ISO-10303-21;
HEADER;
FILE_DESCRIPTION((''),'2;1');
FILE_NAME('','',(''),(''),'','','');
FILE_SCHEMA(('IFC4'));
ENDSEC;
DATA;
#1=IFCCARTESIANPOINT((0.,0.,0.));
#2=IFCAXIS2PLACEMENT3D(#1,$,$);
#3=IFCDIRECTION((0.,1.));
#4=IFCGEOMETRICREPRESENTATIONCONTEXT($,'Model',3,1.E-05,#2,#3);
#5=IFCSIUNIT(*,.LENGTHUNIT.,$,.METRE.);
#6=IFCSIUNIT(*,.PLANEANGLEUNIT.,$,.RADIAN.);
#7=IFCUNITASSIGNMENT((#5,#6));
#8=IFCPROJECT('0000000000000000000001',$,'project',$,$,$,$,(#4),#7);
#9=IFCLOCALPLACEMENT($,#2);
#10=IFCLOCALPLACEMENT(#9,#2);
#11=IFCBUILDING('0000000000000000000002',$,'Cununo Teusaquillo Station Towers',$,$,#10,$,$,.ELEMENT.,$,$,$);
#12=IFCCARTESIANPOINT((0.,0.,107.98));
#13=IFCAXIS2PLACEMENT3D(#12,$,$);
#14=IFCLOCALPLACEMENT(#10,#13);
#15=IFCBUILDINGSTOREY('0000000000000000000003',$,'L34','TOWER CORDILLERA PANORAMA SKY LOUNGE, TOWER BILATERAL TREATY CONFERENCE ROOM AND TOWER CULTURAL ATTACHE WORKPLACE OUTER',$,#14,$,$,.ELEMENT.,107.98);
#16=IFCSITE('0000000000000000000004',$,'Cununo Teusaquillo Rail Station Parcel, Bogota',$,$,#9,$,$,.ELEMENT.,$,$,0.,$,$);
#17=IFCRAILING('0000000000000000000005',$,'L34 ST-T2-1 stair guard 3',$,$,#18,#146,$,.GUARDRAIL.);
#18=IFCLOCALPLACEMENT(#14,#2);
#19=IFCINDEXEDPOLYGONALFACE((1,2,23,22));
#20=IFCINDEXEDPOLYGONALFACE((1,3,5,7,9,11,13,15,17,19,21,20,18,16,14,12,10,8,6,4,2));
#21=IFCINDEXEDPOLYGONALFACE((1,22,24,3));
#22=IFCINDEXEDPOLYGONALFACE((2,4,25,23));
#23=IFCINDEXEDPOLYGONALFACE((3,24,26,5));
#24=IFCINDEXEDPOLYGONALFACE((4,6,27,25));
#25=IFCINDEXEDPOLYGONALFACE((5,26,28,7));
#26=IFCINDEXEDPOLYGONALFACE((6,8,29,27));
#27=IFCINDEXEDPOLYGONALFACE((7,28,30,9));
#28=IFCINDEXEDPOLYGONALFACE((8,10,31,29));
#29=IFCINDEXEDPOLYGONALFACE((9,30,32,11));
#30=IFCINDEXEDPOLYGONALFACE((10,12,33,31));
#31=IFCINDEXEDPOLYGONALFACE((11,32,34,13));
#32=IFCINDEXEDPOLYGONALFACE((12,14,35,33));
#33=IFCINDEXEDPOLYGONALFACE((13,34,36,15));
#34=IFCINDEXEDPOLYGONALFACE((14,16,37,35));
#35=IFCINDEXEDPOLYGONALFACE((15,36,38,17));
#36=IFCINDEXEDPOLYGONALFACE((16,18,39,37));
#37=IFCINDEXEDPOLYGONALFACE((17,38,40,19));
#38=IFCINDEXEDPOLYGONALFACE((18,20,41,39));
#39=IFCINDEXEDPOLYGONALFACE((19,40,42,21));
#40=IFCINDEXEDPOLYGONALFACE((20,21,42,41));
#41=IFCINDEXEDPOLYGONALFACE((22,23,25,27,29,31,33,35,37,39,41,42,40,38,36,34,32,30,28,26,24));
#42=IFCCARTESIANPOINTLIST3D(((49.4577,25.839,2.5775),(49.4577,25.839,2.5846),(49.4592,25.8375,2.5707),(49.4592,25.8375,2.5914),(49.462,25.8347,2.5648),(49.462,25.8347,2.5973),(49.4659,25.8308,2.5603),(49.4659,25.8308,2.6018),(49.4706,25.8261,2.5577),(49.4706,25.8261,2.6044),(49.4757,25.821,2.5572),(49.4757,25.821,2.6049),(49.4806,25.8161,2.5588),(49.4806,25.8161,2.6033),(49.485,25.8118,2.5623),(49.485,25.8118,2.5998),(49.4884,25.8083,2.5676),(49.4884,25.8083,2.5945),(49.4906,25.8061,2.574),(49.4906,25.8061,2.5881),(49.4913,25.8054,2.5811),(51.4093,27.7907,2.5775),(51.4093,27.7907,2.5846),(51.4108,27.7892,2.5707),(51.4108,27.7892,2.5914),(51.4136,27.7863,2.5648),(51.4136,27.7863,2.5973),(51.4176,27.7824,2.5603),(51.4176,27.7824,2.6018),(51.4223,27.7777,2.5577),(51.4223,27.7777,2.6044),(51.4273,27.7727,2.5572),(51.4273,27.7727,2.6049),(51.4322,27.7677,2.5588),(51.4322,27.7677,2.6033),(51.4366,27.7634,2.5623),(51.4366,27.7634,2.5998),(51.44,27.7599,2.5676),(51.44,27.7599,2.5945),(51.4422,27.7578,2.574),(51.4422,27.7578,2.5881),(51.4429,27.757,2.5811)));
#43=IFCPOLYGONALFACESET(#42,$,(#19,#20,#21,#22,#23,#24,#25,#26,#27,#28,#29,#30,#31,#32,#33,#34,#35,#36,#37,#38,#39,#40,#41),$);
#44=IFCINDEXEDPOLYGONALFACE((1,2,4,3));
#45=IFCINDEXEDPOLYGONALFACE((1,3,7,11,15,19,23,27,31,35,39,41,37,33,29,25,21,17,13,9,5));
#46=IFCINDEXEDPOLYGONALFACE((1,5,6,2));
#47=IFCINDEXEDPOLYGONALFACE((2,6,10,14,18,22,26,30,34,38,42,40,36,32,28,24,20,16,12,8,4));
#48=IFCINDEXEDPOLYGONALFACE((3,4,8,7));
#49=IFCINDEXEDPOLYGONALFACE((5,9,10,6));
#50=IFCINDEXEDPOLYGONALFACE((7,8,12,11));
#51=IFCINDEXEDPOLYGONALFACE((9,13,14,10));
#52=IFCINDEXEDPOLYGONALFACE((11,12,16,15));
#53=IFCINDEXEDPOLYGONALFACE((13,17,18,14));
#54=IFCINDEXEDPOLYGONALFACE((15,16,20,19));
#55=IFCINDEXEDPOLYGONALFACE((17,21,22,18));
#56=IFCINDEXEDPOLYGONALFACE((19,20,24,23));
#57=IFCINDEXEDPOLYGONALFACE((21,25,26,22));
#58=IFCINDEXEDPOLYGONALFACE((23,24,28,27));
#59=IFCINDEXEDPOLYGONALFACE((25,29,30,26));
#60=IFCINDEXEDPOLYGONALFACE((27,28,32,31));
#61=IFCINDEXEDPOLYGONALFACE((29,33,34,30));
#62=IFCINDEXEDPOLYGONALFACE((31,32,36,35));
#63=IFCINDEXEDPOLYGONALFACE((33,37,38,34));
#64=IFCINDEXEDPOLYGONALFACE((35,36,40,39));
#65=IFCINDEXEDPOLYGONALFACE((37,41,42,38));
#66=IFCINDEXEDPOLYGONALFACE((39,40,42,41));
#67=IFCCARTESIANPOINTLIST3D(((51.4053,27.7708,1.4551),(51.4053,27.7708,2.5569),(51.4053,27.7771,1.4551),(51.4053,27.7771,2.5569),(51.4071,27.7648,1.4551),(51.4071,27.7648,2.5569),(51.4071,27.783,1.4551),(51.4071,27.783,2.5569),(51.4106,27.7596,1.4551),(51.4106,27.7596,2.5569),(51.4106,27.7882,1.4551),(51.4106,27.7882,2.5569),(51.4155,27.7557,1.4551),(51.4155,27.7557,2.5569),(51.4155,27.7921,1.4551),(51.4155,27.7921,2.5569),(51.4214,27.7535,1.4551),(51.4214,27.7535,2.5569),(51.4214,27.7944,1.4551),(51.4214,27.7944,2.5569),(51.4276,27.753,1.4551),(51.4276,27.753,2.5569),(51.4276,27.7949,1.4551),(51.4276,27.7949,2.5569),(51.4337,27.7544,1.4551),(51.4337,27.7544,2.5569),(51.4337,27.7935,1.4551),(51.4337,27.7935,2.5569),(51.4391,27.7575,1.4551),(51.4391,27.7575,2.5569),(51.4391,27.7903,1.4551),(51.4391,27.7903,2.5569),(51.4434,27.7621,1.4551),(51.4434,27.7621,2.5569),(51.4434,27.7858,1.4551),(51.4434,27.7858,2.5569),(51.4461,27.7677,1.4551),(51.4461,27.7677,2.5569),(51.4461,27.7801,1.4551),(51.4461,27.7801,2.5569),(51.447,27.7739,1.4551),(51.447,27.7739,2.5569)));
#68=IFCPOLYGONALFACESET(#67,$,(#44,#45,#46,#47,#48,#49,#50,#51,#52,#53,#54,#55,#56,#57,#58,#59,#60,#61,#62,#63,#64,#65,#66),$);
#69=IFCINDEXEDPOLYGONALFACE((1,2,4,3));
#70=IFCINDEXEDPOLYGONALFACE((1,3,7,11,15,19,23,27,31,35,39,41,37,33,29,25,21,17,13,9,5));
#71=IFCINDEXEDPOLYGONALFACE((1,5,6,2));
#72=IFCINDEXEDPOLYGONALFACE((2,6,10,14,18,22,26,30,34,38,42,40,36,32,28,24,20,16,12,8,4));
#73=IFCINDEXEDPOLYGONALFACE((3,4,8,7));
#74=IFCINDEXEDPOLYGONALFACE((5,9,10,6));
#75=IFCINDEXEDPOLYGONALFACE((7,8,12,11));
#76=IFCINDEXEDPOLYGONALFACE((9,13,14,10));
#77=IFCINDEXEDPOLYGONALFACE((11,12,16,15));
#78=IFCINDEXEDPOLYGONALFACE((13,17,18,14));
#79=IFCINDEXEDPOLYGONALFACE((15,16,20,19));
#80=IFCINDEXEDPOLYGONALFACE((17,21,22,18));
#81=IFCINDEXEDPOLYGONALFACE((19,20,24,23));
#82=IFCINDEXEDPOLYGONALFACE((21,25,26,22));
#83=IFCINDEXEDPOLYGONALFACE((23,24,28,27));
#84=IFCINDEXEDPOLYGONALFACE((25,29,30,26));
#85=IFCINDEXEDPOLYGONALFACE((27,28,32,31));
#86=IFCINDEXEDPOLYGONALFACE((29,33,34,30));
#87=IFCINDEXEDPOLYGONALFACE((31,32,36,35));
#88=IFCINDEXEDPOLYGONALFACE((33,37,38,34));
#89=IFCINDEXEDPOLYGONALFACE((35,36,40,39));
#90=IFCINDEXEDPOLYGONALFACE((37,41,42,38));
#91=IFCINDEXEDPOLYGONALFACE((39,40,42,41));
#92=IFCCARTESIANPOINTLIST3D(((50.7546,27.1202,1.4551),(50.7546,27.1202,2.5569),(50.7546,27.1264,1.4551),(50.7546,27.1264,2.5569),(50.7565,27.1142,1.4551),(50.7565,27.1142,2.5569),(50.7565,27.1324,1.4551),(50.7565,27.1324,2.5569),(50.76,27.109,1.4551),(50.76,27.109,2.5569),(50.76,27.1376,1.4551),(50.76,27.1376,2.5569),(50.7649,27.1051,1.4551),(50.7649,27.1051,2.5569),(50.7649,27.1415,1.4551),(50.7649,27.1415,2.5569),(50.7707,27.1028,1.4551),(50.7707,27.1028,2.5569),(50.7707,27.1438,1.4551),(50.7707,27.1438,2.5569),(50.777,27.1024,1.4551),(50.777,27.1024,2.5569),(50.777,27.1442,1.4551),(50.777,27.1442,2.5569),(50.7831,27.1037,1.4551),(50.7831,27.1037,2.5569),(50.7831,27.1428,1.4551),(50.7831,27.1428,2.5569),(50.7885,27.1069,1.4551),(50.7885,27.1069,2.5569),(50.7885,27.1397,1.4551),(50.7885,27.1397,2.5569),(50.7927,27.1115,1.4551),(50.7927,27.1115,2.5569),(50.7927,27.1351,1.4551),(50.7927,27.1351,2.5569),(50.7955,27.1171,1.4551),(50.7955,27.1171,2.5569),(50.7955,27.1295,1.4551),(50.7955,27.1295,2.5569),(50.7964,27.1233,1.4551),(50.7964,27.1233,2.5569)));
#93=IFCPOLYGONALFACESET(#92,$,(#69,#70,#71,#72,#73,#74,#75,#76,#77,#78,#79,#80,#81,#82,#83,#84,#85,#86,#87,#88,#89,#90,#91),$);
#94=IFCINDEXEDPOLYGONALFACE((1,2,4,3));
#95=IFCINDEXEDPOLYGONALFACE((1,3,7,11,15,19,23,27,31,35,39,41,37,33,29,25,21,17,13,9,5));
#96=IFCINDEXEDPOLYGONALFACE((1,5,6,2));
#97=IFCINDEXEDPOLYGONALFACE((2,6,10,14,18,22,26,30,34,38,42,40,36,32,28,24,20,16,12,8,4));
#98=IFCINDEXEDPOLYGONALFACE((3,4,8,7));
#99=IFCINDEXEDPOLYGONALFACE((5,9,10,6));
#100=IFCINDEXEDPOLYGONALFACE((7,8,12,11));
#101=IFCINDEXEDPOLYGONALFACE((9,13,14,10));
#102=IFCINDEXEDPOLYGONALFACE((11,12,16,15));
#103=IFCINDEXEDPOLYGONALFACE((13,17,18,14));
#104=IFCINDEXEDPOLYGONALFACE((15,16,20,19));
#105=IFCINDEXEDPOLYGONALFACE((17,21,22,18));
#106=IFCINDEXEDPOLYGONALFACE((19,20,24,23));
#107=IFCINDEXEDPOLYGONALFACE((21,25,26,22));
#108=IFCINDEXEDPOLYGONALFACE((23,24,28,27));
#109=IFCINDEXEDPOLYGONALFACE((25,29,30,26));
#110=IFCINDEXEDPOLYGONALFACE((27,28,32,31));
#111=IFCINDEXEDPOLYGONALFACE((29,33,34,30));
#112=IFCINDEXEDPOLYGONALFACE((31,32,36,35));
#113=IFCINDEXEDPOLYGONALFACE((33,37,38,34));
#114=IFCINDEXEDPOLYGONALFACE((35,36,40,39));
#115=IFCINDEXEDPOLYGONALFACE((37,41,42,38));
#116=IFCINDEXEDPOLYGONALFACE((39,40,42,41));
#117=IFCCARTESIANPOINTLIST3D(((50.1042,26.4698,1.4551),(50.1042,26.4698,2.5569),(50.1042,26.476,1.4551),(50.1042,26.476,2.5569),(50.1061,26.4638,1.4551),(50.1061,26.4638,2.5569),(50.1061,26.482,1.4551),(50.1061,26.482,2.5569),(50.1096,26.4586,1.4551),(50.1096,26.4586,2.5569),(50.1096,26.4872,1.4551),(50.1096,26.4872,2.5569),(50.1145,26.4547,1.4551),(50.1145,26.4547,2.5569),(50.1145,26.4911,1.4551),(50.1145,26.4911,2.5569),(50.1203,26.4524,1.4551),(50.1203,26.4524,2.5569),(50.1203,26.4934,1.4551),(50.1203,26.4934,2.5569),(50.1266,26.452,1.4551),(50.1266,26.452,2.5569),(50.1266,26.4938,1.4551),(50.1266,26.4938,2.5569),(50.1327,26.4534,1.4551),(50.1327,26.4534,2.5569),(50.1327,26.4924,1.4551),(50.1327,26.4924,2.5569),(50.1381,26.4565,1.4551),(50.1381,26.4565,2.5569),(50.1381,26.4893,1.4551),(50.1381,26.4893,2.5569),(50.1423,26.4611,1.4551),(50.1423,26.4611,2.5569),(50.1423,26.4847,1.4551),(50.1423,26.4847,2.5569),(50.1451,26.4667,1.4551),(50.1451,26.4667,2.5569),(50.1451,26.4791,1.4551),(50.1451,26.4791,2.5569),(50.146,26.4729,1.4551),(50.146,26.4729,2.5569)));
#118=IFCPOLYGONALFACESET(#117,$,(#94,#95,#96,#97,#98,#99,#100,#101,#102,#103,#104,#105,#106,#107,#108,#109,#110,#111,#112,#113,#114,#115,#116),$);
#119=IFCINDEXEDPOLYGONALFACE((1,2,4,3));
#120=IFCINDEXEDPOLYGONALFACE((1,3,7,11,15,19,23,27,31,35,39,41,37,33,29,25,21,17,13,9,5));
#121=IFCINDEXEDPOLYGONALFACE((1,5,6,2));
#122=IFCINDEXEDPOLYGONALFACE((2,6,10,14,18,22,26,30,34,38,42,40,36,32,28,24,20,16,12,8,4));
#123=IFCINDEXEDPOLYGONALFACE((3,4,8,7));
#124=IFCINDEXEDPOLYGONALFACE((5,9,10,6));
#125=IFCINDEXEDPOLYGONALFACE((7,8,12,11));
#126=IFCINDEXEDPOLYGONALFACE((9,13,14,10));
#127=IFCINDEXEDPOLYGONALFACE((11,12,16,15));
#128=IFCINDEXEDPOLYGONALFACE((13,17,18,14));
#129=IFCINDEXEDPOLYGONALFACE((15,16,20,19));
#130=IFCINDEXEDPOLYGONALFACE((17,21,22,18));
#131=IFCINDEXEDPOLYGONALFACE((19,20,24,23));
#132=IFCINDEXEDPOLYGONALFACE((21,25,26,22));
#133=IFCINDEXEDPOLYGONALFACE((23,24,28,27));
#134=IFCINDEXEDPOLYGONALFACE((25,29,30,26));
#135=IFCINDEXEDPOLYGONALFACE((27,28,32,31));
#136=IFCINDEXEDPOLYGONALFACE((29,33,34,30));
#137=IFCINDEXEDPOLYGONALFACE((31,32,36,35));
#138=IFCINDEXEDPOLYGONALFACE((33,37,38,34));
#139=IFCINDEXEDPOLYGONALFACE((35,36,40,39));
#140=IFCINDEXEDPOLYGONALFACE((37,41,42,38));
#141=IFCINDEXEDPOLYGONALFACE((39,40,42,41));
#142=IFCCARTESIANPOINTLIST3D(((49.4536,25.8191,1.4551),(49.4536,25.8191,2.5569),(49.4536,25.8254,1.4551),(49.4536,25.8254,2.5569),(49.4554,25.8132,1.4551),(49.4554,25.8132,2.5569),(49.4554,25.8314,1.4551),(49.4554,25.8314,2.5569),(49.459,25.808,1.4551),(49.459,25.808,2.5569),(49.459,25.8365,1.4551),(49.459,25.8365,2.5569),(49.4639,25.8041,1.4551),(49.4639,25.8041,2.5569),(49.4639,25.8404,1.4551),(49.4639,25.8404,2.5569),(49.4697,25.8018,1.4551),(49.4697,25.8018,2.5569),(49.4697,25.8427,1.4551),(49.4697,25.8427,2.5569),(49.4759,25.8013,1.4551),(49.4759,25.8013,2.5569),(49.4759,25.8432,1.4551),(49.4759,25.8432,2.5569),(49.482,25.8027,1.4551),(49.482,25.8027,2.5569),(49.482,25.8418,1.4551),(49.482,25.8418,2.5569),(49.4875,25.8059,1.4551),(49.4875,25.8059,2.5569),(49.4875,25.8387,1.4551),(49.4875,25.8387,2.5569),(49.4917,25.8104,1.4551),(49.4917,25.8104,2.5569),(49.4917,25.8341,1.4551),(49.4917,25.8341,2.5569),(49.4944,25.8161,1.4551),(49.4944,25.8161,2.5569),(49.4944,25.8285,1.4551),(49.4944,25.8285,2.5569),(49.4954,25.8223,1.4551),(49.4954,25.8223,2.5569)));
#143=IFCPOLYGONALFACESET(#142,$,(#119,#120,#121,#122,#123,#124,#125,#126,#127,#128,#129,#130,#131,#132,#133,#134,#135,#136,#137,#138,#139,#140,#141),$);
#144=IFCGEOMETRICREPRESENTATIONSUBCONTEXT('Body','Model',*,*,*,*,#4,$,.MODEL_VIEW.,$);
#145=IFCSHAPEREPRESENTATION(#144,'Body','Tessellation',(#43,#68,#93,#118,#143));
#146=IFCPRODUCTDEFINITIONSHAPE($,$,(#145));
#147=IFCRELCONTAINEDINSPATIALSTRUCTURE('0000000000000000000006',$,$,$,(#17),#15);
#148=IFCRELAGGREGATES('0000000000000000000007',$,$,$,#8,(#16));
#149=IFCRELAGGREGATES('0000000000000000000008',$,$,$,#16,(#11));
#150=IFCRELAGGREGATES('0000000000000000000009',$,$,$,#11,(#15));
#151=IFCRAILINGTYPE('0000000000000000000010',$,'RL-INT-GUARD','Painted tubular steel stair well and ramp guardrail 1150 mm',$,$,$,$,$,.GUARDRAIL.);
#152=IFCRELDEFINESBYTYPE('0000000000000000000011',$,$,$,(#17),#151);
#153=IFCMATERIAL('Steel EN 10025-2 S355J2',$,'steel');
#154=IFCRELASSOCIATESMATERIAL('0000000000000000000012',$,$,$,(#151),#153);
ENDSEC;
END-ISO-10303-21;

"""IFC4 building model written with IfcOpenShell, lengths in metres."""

from ifc_helpers import new_model, si_unit, direction, frame, origin, origin_2d, place, context, subcontext, project, spatial, circle, extrude, material, type_object, element, save


model = new_model("IFC4")

# Units and contexts
model_context = context("Model", 3, precision=1e-05, world=origin(), true_north=direction((0.0, 1.0)))
body_context = subcontext(model_context, "Body", "Model", "MODEL_VIEW")
ifc_project = project(units=[si_unit("LENGTHUNIT", "METRE"), si_unit("PLANEANGLEUNIT", "RADIAN")], contexts=[model_context])

# Site, building, storey
site_placement = place(None, origin())
site = spatial("IfcSite", under=ifc_project, at=site_placement, Name="Cununo Teusaquillo Rail Station Parcel, Bogota", CompositionType="ELEMENT", RefElevation=0.0)
building_placement = place(site_placement, origin())
building = spatial("IfcBuilding", under=site, at=building_placement, Name="Cununo Teusaquillo Station Towers", CompositionType="ELEMENT")
storey_placement = place(building_placement, frame((0.0, 0.0, 107.98)))
storey = spatial("IfcBuildingStorey", under=building, at=storey_placement, Name="L34", Description="TOWER CORDILLERA PANORAMA SKY LOUNGE, TOWER BILATERAL TREATY CONFERENCE ROOM AND TOWER CULTURAL ATTACHE WORKPLACE OUTER", CompositionType="ELEMENT", Elevation=107.98)

# Railing
ifc_material_1 = material(Name="Steel EN 10025-2 S355J2", Category="steel")
railing_type = type_object("IfcRailingType", Name="RL-INT-GUARD", Description="Painted tubular steel stair well and ramp guardrail 1150 mm", PredefinedType="GUARDRAIL", material=ifc_material_1)
railing_1_placement = place(storey_placement, frame((51.426, 27.7739, 1.4551)))
element("IfcRailing", 1, at=railing_1_placement, inside=storey, type_object=railing_type, Name="L34 ST-T2-1 stair guard 3", PredefinedType="GUARDRAIL", context=body_context, shape_type="SweptSolid", body=[
    extrude(circle(Radius=0.0239, at=origin_2d()), frame((0.0, 0.0, 1.126), z_axis=(-0.707107, -0.707107, 0.0), x_axis=(0.707107, -0.707107, 0.0)), (0.0, 0.0, 1.0), 2.76),
    extrude(circle(Radius=0.021, at=origin_2d()), origin(), (0.0, 0.0, 1.0), 1.1018),
    extrude(circle(Radius=0.021, at=origin_2d()), frame((-0.6506, -0.6506, 0.0)), (0.0, 0.0, 1.0), 1.1018),
    extrude(circle(Radius=0.021, at=origin_2d()), frame((-1.301, -1.301, 0.0)), (0.0, 0.0, 1.0), 1.1018),
    extrude(circle(Radius=0.021, at=origin_2d()), frame((-1.9517, -1.9517, 0.0)), (0.0, 0.0, 1.0), 1.1018),
])

save(model, "model.ifc")
